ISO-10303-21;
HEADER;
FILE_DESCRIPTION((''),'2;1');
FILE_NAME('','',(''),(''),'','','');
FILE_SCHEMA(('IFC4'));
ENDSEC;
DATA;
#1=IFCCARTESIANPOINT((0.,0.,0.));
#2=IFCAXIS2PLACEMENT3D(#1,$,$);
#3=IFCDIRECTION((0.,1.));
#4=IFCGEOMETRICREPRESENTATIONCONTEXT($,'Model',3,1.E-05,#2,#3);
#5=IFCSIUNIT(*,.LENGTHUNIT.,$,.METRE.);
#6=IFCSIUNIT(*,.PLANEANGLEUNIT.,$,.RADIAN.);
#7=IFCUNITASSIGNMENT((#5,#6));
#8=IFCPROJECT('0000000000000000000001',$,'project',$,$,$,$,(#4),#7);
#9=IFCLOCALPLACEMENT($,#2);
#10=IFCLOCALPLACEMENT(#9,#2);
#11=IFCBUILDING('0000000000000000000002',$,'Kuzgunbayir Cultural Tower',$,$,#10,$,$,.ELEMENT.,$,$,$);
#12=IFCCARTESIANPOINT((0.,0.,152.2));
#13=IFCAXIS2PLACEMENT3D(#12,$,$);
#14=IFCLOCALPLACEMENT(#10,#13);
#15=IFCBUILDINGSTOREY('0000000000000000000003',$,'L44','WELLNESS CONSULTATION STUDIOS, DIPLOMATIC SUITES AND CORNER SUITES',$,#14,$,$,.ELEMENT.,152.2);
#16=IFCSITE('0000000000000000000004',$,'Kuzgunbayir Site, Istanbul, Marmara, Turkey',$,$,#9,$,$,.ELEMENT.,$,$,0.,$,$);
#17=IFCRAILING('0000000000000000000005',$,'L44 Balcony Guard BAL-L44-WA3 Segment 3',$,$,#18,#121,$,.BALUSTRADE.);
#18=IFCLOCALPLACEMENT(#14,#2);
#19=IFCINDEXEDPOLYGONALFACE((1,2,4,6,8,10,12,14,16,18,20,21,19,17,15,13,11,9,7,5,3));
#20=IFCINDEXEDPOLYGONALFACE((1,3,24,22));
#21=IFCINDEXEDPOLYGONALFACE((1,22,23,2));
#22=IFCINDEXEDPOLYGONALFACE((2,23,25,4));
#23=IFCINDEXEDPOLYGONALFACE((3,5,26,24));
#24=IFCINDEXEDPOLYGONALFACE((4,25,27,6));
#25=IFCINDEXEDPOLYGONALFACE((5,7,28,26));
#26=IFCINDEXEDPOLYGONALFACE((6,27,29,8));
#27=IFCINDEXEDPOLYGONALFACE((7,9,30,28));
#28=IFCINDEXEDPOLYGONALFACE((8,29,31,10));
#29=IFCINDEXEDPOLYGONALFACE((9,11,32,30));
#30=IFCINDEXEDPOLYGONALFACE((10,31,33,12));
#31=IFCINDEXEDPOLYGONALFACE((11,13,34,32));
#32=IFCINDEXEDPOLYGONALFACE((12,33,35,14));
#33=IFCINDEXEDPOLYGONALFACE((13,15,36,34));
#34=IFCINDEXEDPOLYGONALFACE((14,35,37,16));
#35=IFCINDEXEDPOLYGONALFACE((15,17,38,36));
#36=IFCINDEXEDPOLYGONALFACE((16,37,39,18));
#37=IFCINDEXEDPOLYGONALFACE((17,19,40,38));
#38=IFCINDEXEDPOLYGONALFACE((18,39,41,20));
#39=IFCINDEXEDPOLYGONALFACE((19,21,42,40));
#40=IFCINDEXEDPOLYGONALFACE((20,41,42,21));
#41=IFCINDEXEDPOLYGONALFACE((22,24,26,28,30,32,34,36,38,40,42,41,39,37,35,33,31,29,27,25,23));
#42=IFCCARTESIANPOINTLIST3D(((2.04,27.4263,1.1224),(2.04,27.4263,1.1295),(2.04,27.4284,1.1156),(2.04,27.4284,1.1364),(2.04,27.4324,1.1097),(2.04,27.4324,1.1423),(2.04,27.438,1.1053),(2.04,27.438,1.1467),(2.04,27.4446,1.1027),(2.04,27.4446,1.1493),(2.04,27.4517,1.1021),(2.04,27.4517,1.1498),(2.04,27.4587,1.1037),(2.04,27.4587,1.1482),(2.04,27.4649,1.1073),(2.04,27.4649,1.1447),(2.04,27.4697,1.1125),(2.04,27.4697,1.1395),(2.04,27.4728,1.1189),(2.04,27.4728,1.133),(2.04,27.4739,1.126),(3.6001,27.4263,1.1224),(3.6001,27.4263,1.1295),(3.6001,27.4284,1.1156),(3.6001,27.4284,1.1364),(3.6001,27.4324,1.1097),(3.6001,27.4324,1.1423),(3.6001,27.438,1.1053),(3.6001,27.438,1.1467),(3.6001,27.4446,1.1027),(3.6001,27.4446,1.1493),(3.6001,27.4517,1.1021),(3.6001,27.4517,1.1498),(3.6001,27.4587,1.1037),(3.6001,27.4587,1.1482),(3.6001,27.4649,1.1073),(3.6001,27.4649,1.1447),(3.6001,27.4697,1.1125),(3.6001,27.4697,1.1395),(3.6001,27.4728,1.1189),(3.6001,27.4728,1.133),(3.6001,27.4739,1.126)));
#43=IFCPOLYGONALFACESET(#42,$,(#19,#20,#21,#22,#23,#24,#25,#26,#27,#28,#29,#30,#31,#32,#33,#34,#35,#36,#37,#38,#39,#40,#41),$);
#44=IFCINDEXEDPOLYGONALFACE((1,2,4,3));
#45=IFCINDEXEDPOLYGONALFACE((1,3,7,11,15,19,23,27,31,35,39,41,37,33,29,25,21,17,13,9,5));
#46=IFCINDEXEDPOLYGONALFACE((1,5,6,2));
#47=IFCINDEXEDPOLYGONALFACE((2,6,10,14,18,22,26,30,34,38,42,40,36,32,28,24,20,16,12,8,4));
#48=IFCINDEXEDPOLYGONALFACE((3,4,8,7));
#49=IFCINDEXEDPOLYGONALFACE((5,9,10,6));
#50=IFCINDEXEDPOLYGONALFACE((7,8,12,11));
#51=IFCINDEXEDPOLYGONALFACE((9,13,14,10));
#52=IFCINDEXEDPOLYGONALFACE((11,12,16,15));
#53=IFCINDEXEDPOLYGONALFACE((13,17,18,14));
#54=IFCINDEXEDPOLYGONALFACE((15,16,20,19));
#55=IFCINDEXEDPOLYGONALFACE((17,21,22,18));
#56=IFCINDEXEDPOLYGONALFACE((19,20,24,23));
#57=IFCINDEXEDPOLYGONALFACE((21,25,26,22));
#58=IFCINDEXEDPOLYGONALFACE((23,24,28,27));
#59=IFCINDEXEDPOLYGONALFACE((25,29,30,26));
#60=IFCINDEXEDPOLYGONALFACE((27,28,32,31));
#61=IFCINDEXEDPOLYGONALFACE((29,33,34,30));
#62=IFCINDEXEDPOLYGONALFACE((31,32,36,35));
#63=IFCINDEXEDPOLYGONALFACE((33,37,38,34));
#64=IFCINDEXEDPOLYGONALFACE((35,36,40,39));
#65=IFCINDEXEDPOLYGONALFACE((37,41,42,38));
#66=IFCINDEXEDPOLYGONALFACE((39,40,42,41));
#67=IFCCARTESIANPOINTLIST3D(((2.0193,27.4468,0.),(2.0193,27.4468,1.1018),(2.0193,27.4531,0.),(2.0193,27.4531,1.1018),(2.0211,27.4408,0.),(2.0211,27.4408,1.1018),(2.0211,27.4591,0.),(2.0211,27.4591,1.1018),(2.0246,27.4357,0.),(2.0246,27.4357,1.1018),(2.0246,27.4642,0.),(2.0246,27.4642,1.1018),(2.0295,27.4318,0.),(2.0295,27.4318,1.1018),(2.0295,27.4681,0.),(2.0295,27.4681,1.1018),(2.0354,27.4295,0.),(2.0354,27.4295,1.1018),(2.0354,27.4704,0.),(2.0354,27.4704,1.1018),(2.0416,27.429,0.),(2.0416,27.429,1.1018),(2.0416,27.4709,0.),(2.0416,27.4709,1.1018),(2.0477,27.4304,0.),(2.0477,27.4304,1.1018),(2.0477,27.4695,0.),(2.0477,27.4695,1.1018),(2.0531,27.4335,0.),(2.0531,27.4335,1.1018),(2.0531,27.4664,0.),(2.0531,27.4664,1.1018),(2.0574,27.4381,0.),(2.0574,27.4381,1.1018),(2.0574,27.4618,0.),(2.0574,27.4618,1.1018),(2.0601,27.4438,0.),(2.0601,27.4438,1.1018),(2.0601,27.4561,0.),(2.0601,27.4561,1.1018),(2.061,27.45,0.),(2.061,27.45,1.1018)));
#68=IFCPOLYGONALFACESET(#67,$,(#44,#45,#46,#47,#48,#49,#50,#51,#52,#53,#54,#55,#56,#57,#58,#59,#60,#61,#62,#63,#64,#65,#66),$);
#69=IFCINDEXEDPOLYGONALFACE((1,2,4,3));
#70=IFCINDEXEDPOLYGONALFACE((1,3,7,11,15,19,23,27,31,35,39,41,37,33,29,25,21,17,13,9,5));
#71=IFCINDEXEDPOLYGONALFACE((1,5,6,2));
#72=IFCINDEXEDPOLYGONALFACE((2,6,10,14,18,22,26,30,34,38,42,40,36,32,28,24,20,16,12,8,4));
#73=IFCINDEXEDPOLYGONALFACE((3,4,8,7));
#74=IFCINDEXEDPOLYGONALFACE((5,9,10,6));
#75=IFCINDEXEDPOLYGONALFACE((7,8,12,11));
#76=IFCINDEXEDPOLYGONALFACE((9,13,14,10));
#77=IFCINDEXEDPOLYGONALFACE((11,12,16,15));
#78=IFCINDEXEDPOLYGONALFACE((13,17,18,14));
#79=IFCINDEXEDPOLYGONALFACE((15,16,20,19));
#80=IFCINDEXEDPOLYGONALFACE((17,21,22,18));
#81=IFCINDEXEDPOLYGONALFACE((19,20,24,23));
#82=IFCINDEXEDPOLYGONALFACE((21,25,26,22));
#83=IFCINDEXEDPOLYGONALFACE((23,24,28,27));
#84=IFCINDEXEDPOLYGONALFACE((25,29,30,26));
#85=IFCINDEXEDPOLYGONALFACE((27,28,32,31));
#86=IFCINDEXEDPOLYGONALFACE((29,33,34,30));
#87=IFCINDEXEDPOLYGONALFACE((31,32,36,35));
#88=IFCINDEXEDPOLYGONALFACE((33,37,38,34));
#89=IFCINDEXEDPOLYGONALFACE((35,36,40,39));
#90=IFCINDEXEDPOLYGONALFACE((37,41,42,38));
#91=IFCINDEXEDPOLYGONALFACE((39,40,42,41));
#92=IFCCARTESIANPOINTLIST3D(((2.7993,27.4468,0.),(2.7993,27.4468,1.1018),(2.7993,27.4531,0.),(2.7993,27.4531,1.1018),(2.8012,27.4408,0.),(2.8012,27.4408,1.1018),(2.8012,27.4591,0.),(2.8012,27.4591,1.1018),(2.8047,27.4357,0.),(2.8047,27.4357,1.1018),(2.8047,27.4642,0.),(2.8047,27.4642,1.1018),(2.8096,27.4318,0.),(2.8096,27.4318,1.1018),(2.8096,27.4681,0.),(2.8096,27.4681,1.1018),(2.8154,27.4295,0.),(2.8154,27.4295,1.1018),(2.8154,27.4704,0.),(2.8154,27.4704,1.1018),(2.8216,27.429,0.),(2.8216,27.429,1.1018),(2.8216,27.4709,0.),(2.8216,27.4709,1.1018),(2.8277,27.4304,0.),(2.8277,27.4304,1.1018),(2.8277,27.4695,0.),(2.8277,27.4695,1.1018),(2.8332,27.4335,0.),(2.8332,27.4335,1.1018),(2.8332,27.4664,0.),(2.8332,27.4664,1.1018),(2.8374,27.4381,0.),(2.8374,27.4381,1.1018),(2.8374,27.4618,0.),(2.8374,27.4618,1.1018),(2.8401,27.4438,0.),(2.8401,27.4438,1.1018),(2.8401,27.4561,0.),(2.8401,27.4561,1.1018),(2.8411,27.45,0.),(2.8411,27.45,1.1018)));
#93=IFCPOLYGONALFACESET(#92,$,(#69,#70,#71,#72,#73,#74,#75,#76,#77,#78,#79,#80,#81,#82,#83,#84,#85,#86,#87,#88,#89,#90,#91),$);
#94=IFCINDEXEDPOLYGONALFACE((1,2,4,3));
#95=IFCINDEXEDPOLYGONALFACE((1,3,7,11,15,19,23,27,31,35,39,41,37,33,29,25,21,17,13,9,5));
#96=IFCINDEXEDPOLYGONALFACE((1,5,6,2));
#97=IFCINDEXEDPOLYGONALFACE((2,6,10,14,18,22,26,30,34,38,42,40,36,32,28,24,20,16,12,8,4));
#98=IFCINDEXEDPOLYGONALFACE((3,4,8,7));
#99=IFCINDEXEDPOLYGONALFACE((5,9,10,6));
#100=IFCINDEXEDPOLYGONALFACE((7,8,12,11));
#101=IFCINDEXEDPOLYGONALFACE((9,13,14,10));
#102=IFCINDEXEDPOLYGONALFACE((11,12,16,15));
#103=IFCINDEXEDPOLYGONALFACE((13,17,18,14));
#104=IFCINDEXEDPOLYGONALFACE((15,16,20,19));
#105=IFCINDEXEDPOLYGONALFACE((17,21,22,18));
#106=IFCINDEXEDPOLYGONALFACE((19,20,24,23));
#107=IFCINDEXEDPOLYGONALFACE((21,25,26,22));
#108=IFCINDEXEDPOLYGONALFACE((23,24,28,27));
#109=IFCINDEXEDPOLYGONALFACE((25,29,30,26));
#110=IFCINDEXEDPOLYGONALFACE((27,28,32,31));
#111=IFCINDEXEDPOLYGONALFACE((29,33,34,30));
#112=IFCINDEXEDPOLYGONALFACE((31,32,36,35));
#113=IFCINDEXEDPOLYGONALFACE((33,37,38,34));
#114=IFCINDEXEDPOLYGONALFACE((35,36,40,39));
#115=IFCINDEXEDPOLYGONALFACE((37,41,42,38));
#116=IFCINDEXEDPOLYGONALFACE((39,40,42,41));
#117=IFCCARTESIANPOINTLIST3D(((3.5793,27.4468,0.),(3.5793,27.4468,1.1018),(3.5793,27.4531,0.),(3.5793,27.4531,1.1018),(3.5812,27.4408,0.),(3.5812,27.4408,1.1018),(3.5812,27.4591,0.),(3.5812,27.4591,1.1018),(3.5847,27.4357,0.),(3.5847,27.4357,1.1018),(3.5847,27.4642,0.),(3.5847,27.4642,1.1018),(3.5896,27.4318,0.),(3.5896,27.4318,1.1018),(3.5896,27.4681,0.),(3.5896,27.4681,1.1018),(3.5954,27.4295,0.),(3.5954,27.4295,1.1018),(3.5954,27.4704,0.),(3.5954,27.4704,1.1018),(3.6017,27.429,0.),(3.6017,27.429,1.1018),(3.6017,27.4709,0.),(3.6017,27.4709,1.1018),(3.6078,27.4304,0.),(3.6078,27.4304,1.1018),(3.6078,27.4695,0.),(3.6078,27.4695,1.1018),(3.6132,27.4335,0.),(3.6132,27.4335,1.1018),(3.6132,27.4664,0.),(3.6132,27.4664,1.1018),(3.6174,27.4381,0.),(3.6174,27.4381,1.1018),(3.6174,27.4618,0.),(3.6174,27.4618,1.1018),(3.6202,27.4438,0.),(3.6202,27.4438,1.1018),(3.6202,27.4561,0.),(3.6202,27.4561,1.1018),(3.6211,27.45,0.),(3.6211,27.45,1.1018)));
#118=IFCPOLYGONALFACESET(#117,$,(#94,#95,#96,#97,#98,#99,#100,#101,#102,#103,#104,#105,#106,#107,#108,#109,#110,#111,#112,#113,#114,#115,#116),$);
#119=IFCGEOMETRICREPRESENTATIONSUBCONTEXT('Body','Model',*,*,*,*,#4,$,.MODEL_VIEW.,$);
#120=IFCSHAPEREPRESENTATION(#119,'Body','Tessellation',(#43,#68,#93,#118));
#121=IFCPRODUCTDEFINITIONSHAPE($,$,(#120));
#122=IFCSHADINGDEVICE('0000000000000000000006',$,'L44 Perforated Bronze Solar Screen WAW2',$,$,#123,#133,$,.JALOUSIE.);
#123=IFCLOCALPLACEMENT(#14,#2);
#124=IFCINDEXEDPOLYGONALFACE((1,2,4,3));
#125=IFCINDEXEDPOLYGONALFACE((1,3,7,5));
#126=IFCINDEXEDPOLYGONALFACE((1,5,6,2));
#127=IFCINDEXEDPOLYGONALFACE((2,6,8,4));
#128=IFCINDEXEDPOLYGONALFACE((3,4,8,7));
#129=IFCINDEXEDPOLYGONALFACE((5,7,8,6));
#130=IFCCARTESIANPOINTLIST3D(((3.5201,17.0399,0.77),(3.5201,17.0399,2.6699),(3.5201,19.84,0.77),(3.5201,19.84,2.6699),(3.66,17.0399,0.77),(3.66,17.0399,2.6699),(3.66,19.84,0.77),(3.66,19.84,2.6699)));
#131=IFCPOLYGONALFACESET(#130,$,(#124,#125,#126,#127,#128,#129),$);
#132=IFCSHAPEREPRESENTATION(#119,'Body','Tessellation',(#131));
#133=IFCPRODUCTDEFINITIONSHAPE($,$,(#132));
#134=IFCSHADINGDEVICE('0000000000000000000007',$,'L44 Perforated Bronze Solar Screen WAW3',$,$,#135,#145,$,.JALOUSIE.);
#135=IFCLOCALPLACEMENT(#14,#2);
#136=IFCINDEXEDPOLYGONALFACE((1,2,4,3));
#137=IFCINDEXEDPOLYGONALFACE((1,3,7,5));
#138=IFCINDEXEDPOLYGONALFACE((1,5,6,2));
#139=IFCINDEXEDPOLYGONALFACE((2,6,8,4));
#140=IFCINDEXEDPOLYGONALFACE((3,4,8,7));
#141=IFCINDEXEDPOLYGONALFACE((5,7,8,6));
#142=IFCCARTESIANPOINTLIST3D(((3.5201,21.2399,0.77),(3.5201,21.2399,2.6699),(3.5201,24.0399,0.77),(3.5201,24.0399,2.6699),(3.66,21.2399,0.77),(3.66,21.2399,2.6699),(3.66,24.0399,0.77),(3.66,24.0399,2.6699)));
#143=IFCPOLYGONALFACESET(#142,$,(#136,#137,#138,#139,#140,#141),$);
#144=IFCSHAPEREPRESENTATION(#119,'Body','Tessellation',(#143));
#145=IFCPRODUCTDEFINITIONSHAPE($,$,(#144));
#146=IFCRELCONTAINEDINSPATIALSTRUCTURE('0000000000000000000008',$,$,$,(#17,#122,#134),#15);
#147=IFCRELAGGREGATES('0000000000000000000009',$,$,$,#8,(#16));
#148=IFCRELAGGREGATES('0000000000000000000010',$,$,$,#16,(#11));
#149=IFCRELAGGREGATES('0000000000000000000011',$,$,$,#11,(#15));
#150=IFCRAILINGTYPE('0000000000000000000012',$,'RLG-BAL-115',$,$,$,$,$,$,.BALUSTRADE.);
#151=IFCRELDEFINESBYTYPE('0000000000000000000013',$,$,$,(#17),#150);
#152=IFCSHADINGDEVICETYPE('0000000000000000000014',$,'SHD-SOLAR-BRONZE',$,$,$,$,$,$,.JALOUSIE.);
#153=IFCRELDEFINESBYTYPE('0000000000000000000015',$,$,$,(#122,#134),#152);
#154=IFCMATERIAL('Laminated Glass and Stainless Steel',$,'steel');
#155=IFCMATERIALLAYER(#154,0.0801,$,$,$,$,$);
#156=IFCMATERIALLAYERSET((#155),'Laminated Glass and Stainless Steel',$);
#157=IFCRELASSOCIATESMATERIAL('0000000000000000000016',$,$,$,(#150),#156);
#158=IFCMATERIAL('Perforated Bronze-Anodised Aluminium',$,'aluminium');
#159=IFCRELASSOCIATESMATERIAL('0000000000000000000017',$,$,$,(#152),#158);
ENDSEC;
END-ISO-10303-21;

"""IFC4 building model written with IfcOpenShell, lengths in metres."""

from ifc_helpers import new_model, si_unit, direction, frame, origin, origin_2d, place, context, subcontext, project, spatial, rectangle, circle, extrude, material, layer, layer_set, type_object, element, save


model = new_model("IFC4")

# Units and contexts
model_context = context("Model", 3, precision=1e-05, world=origin(), true_north=direction((0.0, 1.0)))
body_context = subcontext(model_context, "Body", "Model", "MODEL_VIEW")
ifc_project = project(units=[si_unit("LENGTHUNIT", "METRE"), si_unit("PLANEANGLEUNIT", "RADIAN")], contexts=[model_context])

# Site, building, storey
site_placement = place(None, origin())
site = spatial("IfcSite", under=ifc_project, at=site_placement, Name="Kuzgunbayir Site, Istanbul, Marmara, Turkey", CompositionType="ELEMENT", RefElevation=0.0)
building_placement = place(site_placement, origin())
building = spatial("IfcBuilding", under=site, at=building_placement, Name="Kuzgunbayir Cultural Tower", CompositionType="ELEMENT")
storey_placement = place(building_placement, frame((0.0, 0.0, 152.2)))
storey = spatial("IfcBuildingStorey", under=building, at=storey_placement, Name="L44", Description="WELLNESS CONSULTATION STUDIOS, DIPLOMATIC SUITES AND CORNER SUITES", CompositionType="ELEMENT", Elevation=152.2)

# Railing
ifc_material_1 = material(Name="Laminated Glass and Stainless Steel", Category="steel")
ifc_layer_1 = layer(ifc_material_1, 0.0801)
ifc_layer_set_1 = layer_set([ifc_layer_1], Name="Laminated Glass and Stainless Steel")
railing_type = type_object("IfcRailingType", Name="RLG-BAL-115", PredefinedType="BALUSTRADE", material=ifc_layer_set_1)
railing_1_placement = place(storey_placement, frame((2.04, 27.45, 0.0)))
element("IfcRailing", 1, at=railing_1_placement, inside=storey, type_object=railing_type, Name="L44 Balcony Guard BAL-L44-WA3 Segment 3", PredefinedType="BALUSTRADE", context=body_context, shape_type="SweptSolid", body=[
    extrude(circle(Radius=0.0239, at=origin_2d()), frame((0.0, 0.0, 1.126), z_axis=(1.0, 0.0, 0.0), x_axis=(0.0, 1.0, 0.0)), (0.0, 0.0, 1.0), 1.5601),
    extrude(circle(Radius=0.021, at=origin_2d()), origin(), (0.0, 0.0, 1.0), 1.1018),
    extrude(circle(Radius=0.021, at=origin_2d()), frame((0.78, 0.0, 0.0)), (0.0, 0.0, 1.0), 1.1018),
    extrude(circle(Radius=0.021, at=origin_2d()), frame((1.5601, 0.0, 0.0)), (0.0, 0.0, 1.0), 1.1018),
])

# Shading devices
ifc_material_2 = material(Name="Perforated Bronze-Anodised Aluminium", Category="aluminium")
shading_device_type = type_object("IfcShadingDeviceType", Name="SHD-SOLAR-BRONZE", PredefinedType="JALOUSIE", material=ifc_material_2)
for number, where, z_axis, x_axis, name in (
    (2, (3.5901, 18.4399, 0.77), (0.0, 0.0, 1.0), (1.0, 0.0, 0.0), "L44 Perforated Bronze Solar Screen WAW2"),
    (3, (3.5901, 22.6399, 0.77), (0.0, 0.0, 1.0), (1.0, 0.0, 0.0), "L44 Perforated Bronze Solar Screen WAW3"),
):
    element("IfcShadingDevice", number, at=place(storey_placement, frame(where, z_axis=z_axis, x_axis=x_axis)), inside=storey, type_object=shading_device_type, Name=name, PredefinedType="JALOUSIE", context=body_context, shape_type="SweptSolid", body=[
        extrude(rectangle(XDim=0.1399, YDim=2.8, at=origin_2d()), origin(), (0.0, 0.0, 1.0), 1.8999),
    ])

save(model, "model.ifc")
